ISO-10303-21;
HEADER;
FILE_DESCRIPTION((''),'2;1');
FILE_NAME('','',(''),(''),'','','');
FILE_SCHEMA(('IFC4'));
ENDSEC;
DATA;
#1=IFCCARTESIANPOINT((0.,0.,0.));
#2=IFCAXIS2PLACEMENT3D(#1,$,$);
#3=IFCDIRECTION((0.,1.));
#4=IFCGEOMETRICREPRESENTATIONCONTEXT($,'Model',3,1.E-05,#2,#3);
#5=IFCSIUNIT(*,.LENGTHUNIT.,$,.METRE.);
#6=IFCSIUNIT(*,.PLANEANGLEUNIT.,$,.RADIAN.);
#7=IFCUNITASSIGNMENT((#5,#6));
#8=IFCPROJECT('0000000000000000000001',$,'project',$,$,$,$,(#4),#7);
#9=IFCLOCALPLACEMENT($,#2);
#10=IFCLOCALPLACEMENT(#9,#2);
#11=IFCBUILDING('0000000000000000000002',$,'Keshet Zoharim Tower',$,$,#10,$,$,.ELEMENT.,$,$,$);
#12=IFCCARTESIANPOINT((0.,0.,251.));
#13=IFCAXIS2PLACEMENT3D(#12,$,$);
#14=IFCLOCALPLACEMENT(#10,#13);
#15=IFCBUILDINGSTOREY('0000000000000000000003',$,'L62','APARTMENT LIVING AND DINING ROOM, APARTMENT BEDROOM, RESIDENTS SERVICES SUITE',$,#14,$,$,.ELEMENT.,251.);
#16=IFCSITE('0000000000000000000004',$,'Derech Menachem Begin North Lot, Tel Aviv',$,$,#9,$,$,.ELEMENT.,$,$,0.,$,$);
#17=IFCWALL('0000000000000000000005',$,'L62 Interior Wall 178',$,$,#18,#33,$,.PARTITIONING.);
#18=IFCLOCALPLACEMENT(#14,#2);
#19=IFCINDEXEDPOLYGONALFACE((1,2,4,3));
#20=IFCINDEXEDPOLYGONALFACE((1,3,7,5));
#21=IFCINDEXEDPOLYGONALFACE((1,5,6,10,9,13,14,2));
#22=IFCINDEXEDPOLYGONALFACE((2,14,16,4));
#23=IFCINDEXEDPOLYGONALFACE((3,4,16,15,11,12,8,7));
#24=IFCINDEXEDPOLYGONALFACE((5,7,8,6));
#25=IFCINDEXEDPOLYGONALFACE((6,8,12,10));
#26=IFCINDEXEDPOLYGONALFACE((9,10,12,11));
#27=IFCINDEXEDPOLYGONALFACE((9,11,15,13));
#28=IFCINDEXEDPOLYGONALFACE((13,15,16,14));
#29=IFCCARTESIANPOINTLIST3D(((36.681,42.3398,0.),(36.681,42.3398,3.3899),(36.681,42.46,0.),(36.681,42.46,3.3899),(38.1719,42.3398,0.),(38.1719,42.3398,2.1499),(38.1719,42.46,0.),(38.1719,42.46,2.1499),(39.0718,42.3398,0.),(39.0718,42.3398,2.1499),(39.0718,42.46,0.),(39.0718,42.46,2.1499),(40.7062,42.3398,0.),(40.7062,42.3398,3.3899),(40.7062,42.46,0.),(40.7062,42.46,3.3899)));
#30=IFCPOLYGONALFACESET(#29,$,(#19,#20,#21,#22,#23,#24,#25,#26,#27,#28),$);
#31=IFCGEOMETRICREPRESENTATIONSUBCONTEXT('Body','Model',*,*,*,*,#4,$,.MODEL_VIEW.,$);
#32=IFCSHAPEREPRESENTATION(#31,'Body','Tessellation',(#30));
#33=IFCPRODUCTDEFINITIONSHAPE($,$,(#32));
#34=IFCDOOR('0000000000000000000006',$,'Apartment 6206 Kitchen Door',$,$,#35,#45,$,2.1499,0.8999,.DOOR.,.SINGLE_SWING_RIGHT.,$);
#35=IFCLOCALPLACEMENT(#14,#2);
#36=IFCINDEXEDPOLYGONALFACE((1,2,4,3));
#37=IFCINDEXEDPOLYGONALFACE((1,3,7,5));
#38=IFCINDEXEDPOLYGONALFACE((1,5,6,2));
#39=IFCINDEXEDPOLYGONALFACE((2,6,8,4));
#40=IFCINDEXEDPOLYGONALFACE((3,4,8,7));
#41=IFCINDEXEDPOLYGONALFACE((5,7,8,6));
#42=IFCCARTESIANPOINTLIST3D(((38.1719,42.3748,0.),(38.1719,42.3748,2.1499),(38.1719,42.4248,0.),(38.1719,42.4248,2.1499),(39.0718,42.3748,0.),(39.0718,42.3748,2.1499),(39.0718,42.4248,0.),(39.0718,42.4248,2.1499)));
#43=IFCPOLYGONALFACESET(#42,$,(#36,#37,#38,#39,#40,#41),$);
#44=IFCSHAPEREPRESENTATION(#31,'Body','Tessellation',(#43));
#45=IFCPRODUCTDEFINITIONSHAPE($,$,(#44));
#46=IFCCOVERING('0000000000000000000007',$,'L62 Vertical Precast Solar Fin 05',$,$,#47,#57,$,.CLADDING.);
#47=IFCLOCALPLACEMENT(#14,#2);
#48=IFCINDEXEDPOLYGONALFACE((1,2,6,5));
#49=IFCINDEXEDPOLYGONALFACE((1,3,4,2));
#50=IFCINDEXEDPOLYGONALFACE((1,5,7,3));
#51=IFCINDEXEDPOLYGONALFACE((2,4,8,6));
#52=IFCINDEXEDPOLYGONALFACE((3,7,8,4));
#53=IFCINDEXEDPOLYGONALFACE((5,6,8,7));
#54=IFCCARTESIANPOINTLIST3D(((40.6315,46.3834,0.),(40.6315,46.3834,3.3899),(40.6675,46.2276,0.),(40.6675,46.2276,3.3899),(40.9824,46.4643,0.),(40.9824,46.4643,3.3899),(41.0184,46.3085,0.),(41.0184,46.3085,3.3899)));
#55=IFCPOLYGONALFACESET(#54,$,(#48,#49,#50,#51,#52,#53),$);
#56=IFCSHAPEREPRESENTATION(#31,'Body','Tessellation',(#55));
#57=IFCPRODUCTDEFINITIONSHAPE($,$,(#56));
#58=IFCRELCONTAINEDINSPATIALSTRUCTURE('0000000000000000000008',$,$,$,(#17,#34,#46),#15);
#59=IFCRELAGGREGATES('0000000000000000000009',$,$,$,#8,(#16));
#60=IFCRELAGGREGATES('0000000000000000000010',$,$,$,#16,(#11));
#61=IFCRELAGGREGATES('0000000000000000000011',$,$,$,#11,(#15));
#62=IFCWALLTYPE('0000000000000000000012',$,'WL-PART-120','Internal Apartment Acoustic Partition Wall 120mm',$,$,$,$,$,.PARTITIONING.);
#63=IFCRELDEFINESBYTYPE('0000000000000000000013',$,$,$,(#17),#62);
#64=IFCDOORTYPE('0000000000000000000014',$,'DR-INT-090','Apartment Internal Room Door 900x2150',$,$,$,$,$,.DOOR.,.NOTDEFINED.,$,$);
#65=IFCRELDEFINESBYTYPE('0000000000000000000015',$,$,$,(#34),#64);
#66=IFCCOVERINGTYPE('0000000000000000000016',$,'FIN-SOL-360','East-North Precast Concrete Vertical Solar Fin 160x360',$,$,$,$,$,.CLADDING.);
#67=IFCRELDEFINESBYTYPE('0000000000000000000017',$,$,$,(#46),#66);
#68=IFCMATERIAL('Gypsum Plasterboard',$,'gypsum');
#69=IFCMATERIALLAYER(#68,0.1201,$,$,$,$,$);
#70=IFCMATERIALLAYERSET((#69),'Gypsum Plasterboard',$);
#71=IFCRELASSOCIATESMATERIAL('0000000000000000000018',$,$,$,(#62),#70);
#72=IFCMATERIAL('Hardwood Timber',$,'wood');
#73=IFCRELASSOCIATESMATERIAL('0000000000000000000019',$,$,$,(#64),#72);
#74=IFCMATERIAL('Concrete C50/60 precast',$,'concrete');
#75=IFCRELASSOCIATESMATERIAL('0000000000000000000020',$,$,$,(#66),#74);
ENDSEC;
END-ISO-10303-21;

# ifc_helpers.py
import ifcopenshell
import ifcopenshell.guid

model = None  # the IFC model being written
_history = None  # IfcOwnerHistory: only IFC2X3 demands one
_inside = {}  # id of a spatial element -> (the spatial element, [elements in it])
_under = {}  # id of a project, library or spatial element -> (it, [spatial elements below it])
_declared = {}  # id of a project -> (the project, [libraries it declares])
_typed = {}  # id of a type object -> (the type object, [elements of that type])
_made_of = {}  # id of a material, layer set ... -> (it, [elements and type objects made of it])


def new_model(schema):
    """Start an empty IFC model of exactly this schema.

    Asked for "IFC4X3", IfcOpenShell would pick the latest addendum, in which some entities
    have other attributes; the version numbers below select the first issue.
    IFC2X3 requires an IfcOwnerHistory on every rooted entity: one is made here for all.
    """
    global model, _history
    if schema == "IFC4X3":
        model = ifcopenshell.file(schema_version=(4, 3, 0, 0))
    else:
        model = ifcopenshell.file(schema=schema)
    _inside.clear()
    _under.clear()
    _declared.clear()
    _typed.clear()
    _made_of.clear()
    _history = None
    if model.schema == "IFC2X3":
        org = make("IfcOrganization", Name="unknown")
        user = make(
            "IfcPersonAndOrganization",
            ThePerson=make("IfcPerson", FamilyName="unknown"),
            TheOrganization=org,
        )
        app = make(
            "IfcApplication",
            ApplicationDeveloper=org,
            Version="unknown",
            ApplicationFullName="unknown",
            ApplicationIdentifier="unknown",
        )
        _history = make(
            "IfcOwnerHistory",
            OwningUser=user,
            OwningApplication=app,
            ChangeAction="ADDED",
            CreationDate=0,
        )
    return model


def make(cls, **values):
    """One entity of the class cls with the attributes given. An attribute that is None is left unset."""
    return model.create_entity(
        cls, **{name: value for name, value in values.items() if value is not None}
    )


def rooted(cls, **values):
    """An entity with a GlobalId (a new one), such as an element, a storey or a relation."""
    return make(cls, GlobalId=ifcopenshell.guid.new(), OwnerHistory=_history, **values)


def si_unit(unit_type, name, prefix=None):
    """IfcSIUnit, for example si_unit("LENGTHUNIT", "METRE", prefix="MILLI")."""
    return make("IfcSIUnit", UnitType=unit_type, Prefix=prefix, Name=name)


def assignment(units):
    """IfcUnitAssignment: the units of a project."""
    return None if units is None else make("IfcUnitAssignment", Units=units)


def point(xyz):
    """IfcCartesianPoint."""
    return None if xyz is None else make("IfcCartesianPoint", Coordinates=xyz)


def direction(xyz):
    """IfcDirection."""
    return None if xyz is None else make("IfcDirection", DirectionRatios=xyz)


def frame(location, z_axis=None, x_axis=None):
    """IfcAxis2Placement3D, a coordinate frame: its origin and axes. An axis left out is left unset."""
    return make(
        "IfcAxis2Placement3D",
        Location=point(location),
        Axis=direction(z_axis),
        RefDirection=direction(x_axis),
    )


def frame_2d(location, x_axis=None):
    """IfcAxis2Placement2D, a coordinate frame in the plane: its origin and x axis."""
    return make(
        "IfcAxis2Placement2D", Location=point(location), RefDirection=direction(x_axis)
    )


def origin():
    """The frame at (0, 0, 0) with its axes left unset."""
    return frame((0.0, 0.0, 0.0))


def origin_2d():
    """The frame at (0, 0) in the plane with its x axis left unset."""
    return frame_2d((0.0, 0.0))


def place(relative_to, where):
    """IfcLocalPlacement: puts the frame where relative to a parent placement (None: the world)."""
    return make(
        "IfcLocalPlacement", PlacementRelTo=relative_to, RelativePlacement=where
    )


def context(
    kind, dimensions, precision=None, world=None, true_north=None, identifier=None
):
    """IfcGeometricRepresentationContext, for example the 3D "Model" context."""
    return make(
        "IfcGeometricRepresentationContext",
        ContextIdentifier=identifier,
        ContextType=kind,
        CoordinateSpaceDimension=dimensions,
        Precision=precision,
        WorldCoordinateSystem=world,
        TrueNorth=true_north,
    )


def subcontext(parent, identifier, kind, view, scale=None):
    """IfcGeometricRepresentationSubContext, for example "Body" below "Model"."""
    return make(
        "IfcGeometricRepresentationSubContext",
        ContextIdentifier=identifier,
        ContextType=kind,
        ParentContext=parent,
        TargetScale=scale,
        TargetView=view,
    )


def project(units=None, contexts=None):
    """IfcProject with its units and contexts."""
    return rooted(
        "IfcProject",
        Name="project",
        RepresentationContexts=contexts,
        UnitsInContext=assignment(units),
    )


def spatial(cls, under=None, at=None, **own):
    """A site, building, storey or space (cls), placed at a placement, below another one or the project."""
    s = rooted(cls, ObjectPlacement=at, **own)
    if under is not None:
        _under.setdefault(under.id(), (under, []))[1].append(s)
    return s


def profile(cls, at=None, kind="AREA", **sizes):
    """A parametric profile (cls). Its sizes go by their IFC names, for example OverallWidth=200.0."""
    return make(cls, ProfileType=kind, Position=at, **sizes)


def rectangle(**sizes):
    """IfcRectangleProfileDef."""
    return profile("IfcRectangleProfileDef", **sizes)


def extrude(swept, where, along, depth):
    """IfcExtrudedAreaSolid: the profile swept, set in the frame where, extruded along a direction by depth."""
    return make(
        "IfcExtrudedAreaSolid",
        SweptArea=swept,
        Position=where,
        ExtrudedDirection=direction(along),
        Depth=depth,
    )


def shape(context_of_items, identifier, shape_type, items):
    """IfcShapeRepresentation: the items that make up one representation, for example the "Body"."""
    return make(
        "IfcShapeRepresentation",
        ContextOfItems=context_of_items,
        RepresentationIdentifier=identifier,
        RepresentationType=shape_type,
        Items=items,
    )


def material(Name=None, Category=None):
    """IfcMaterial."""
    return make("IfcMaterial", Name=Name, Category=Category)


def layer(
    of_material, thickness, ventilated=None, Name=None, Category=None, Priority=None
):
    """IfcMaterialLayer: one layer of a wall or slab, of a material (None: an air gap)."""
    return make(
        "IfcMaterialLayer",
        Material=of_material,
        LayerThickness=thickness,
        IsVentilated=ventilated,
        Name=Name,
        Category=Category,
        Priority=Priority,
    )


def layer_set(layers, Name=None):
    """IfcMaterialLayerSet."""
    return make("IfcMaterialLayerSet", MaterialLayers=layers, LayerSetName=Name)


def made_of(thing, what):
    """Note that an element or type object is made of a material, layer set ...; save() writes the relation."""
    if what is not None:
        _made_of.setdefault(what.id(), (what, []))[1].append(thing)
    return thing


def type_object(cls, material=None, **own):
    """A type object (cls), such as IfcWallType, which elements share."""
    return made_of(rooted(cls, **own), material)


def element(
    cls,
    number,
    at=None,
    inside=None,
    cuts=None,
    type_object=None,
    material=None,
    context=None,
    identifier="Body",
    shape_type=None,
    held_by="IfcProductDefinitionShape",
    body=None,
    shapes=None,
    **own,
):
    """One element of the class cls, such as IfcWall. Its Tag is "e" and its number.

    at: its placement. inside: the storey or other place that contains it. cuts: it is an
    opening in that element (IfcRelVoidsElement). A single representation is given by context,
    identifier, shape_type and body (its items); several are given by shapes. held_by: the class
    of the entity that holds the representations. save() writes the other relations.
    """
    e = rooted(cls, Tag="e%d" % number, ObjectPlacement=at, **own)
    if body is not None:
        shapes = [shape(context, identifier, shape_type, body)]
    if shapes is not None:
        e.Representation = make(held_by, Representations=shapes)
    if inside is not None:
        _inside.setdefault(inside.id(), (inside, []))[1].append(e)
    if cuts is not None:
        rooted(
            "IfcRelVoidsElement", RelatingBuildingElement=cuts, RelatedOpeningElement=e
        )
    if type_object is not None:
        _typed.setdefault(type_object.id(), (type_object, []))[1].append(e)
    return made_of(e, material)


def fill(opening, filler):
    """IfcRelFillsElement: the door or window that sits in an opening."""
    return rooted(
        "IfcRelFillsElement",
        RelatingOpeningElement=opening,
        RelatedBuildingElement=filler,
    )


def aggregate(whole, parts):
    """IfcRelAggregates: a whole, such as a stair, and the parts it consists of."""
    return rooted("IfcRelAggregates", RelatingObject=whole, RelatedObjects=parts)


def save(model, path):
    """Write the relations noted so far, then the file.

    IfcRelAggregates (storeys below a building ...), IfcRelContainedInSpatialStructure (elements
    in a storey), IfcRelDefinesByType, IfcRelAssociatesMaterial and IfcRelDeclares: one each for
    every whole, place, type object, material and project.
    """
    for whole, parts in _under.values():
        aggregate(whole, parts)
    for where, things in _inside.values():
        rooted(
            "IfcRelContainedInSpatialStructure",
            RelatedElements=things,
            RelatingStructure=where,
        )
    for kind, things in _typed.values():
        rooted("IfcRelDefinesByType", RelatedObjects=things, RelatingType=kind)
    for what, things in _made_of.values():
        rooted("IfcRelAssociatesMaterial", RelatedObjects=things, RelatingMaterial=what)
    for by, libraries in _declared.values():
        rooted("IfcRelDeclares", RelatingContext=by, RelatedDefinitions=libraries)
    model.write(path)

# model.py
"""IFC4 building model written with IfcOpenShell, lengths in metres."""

from ifc_helpers import new_model, si_unit, direction, frame, frame_2d, origin, origin_2d, place, context, subcontext, project, spatial, rectangle, extrude, material, layer, layer_set, type_object, element, fill, save


model = new_model("IFC4")

# Units and contexts
model_context = context("Model", 3, precision=1e-05, world=origin(), true_north=direction((0.0, 1.0)))
body_context = subcontext(model_context, "Body", "Model", "MODEL_VIEW")
ifc_project = project(units=[si_unit("LENGTHUNIT", "METRE"), si_unit("PLANEANGLEUNIT", "RADIAN")], contexts=[model_context])

# Site, building, storey
site_placement = place(None, origin())
site = spatial("IfcSite", under=ifc_project, at=site_placement, Name="Derech Menachem Begin North Lot, Tel Aviv", CompositionType="ELEMENT", RefElevation=0.0)
building_placement = place(site_placement, origin())
building = spatial("IfcBuilding", under=site, at=building_placement, Name="Keshet Zoharim Tower", CompositionType="ELEMENT")
storey_placement = place(building_placement, frame((0.0, 0.0, 251.0)))
storey = spatial("IfcBuildingStorey", under=building, at=storey_placement, Name="L62", Description="APARTMENT LIVING AND DINING ROOM, APARTMENT BEDROOM, RESIDENTS SERVICES SUITE", CompositionType="ELEMENT", Elevation=251.0)

# Shared definitions
ifc_material_1 = material(Name="Gypsum Plasterboard", Category="gypsum")
ifc_layer_1 = layer(ifc_material_1, 0.1201)
ifc_layer_set_1 = layer_set([ifc_layer_1], Name="Gypsum Plasterboard")
wall_type = type_object("IfcWallType", Name="WL-PART-120", Description="Internal Apartment Acoustic Partition Wall 120mm", PredefinedType="PARTITIONING", material=ifc_layer_set_1)

# Wall, opening, door
wall_1_placement = place(storey_placement, frame((36.6809, 42.3999, 0.0), z_axis=(0.0, 0.0, 1.0), x_axis=(1.0, 0.0, 0.0)))
wall_1 = element("IfcWall", 1, at=wall_1_placement, inside=storey, type_object=wall_type, Name="L62 Interior Wall 178", PredefinedType="PARTITIONING", context=body_context, shape_type="SweptSolid", body=[
    extrude(rectangle(XDim=4.0251, YDim=0.1201, at=frame_2d((2.0127, 0.0))), origin(), (0.0, 0.0, 1.0), 3.3899),
])
opening_placement = place(wall_1_placement, frame((1.491, 0.0, 0.0)))
opening = element("IfcOpeningElement", 2, at=opening_placement, cuts=wall_1, PredefinedType="OPENING", context=body_context, shape_type="SweptSolid", body=[
    extrude(rectangle(XDim=0.8999, YDim=2.1499, at=frame_2d((0.45, 1.075))), frame((0.0, 0.0701, 0.0), z_axis=(0.0, -1.0, 0.0), x_axis=(1.0, 0.0, 0.0)), (0.0, 0.0, 1.0), 0.1401),
])
ifc_material_2 = material(Name="Hardwood Timber", Category="wood")
door_type = type_object("IfcDoorType", Name="DR-INT-090", Description="Apartment Internal Room Door 900x2150", OperationType="NOTDEFINED", PredefinedType="DOOR", material=ifc_material_2)
door_placement = place(opening_placement, origin())
door = element("IfcDoor", 3, at=door_placement, inside=storey, type_object=door_type, Name="Apartment 6206 Kitchen Door", OperationType="SINGLE_SWING_RIGHT", OverallHeight=2.1499, OverallWidth=0.8999, PredefinedType="DOOR", context=body_context, shape_type="SweptSolid", body=[
    extrude(rectangle(XDim=0.8999, YDim=2.1499, at=frame_2d((0.45, 1.075))), frame((0.0, 0.0249, 0.0), z_axis=(0.0, -1.0, 0.0), x_axis=(1.0, 0.0, 0.0)), (0.0, 0.0, 1.0), 0.05),
])
fill(opening, door)

# Covering
ifc_material_3 = material(Name="Concrete C50/60 precast", Category="concrete")
covering_type = type_object("IfcCoveringType", Name="FIN-SOL-360", Description="East-North Precast Concrete Vertical Solar Fin 160x360", PredefinedType="CLADDING", material=ifc_material_3)
covering_placement = place(storey_placement, frame((40.825, 46.3459, 0.0), z_axis=(0.0, 0.0, 1.0), x_axis=(0.22483, -0.974398, 0.0)))
element("IfcCovering", 4, at=covering_placement, inside=storey, type_object=covering_type, Name="L62 Vertical Precast Solar Fin 05", PredefinedType="CLADDING", context=body_context, shape_type="SweptSolid", body=[
    extrude(rectangle(XDim=0.1599, YDim=0.3601, at=origin_2d()), origin(), (0.0, 0.0, 1.0), 3.3899),
])

save(model, "model.ifc")
